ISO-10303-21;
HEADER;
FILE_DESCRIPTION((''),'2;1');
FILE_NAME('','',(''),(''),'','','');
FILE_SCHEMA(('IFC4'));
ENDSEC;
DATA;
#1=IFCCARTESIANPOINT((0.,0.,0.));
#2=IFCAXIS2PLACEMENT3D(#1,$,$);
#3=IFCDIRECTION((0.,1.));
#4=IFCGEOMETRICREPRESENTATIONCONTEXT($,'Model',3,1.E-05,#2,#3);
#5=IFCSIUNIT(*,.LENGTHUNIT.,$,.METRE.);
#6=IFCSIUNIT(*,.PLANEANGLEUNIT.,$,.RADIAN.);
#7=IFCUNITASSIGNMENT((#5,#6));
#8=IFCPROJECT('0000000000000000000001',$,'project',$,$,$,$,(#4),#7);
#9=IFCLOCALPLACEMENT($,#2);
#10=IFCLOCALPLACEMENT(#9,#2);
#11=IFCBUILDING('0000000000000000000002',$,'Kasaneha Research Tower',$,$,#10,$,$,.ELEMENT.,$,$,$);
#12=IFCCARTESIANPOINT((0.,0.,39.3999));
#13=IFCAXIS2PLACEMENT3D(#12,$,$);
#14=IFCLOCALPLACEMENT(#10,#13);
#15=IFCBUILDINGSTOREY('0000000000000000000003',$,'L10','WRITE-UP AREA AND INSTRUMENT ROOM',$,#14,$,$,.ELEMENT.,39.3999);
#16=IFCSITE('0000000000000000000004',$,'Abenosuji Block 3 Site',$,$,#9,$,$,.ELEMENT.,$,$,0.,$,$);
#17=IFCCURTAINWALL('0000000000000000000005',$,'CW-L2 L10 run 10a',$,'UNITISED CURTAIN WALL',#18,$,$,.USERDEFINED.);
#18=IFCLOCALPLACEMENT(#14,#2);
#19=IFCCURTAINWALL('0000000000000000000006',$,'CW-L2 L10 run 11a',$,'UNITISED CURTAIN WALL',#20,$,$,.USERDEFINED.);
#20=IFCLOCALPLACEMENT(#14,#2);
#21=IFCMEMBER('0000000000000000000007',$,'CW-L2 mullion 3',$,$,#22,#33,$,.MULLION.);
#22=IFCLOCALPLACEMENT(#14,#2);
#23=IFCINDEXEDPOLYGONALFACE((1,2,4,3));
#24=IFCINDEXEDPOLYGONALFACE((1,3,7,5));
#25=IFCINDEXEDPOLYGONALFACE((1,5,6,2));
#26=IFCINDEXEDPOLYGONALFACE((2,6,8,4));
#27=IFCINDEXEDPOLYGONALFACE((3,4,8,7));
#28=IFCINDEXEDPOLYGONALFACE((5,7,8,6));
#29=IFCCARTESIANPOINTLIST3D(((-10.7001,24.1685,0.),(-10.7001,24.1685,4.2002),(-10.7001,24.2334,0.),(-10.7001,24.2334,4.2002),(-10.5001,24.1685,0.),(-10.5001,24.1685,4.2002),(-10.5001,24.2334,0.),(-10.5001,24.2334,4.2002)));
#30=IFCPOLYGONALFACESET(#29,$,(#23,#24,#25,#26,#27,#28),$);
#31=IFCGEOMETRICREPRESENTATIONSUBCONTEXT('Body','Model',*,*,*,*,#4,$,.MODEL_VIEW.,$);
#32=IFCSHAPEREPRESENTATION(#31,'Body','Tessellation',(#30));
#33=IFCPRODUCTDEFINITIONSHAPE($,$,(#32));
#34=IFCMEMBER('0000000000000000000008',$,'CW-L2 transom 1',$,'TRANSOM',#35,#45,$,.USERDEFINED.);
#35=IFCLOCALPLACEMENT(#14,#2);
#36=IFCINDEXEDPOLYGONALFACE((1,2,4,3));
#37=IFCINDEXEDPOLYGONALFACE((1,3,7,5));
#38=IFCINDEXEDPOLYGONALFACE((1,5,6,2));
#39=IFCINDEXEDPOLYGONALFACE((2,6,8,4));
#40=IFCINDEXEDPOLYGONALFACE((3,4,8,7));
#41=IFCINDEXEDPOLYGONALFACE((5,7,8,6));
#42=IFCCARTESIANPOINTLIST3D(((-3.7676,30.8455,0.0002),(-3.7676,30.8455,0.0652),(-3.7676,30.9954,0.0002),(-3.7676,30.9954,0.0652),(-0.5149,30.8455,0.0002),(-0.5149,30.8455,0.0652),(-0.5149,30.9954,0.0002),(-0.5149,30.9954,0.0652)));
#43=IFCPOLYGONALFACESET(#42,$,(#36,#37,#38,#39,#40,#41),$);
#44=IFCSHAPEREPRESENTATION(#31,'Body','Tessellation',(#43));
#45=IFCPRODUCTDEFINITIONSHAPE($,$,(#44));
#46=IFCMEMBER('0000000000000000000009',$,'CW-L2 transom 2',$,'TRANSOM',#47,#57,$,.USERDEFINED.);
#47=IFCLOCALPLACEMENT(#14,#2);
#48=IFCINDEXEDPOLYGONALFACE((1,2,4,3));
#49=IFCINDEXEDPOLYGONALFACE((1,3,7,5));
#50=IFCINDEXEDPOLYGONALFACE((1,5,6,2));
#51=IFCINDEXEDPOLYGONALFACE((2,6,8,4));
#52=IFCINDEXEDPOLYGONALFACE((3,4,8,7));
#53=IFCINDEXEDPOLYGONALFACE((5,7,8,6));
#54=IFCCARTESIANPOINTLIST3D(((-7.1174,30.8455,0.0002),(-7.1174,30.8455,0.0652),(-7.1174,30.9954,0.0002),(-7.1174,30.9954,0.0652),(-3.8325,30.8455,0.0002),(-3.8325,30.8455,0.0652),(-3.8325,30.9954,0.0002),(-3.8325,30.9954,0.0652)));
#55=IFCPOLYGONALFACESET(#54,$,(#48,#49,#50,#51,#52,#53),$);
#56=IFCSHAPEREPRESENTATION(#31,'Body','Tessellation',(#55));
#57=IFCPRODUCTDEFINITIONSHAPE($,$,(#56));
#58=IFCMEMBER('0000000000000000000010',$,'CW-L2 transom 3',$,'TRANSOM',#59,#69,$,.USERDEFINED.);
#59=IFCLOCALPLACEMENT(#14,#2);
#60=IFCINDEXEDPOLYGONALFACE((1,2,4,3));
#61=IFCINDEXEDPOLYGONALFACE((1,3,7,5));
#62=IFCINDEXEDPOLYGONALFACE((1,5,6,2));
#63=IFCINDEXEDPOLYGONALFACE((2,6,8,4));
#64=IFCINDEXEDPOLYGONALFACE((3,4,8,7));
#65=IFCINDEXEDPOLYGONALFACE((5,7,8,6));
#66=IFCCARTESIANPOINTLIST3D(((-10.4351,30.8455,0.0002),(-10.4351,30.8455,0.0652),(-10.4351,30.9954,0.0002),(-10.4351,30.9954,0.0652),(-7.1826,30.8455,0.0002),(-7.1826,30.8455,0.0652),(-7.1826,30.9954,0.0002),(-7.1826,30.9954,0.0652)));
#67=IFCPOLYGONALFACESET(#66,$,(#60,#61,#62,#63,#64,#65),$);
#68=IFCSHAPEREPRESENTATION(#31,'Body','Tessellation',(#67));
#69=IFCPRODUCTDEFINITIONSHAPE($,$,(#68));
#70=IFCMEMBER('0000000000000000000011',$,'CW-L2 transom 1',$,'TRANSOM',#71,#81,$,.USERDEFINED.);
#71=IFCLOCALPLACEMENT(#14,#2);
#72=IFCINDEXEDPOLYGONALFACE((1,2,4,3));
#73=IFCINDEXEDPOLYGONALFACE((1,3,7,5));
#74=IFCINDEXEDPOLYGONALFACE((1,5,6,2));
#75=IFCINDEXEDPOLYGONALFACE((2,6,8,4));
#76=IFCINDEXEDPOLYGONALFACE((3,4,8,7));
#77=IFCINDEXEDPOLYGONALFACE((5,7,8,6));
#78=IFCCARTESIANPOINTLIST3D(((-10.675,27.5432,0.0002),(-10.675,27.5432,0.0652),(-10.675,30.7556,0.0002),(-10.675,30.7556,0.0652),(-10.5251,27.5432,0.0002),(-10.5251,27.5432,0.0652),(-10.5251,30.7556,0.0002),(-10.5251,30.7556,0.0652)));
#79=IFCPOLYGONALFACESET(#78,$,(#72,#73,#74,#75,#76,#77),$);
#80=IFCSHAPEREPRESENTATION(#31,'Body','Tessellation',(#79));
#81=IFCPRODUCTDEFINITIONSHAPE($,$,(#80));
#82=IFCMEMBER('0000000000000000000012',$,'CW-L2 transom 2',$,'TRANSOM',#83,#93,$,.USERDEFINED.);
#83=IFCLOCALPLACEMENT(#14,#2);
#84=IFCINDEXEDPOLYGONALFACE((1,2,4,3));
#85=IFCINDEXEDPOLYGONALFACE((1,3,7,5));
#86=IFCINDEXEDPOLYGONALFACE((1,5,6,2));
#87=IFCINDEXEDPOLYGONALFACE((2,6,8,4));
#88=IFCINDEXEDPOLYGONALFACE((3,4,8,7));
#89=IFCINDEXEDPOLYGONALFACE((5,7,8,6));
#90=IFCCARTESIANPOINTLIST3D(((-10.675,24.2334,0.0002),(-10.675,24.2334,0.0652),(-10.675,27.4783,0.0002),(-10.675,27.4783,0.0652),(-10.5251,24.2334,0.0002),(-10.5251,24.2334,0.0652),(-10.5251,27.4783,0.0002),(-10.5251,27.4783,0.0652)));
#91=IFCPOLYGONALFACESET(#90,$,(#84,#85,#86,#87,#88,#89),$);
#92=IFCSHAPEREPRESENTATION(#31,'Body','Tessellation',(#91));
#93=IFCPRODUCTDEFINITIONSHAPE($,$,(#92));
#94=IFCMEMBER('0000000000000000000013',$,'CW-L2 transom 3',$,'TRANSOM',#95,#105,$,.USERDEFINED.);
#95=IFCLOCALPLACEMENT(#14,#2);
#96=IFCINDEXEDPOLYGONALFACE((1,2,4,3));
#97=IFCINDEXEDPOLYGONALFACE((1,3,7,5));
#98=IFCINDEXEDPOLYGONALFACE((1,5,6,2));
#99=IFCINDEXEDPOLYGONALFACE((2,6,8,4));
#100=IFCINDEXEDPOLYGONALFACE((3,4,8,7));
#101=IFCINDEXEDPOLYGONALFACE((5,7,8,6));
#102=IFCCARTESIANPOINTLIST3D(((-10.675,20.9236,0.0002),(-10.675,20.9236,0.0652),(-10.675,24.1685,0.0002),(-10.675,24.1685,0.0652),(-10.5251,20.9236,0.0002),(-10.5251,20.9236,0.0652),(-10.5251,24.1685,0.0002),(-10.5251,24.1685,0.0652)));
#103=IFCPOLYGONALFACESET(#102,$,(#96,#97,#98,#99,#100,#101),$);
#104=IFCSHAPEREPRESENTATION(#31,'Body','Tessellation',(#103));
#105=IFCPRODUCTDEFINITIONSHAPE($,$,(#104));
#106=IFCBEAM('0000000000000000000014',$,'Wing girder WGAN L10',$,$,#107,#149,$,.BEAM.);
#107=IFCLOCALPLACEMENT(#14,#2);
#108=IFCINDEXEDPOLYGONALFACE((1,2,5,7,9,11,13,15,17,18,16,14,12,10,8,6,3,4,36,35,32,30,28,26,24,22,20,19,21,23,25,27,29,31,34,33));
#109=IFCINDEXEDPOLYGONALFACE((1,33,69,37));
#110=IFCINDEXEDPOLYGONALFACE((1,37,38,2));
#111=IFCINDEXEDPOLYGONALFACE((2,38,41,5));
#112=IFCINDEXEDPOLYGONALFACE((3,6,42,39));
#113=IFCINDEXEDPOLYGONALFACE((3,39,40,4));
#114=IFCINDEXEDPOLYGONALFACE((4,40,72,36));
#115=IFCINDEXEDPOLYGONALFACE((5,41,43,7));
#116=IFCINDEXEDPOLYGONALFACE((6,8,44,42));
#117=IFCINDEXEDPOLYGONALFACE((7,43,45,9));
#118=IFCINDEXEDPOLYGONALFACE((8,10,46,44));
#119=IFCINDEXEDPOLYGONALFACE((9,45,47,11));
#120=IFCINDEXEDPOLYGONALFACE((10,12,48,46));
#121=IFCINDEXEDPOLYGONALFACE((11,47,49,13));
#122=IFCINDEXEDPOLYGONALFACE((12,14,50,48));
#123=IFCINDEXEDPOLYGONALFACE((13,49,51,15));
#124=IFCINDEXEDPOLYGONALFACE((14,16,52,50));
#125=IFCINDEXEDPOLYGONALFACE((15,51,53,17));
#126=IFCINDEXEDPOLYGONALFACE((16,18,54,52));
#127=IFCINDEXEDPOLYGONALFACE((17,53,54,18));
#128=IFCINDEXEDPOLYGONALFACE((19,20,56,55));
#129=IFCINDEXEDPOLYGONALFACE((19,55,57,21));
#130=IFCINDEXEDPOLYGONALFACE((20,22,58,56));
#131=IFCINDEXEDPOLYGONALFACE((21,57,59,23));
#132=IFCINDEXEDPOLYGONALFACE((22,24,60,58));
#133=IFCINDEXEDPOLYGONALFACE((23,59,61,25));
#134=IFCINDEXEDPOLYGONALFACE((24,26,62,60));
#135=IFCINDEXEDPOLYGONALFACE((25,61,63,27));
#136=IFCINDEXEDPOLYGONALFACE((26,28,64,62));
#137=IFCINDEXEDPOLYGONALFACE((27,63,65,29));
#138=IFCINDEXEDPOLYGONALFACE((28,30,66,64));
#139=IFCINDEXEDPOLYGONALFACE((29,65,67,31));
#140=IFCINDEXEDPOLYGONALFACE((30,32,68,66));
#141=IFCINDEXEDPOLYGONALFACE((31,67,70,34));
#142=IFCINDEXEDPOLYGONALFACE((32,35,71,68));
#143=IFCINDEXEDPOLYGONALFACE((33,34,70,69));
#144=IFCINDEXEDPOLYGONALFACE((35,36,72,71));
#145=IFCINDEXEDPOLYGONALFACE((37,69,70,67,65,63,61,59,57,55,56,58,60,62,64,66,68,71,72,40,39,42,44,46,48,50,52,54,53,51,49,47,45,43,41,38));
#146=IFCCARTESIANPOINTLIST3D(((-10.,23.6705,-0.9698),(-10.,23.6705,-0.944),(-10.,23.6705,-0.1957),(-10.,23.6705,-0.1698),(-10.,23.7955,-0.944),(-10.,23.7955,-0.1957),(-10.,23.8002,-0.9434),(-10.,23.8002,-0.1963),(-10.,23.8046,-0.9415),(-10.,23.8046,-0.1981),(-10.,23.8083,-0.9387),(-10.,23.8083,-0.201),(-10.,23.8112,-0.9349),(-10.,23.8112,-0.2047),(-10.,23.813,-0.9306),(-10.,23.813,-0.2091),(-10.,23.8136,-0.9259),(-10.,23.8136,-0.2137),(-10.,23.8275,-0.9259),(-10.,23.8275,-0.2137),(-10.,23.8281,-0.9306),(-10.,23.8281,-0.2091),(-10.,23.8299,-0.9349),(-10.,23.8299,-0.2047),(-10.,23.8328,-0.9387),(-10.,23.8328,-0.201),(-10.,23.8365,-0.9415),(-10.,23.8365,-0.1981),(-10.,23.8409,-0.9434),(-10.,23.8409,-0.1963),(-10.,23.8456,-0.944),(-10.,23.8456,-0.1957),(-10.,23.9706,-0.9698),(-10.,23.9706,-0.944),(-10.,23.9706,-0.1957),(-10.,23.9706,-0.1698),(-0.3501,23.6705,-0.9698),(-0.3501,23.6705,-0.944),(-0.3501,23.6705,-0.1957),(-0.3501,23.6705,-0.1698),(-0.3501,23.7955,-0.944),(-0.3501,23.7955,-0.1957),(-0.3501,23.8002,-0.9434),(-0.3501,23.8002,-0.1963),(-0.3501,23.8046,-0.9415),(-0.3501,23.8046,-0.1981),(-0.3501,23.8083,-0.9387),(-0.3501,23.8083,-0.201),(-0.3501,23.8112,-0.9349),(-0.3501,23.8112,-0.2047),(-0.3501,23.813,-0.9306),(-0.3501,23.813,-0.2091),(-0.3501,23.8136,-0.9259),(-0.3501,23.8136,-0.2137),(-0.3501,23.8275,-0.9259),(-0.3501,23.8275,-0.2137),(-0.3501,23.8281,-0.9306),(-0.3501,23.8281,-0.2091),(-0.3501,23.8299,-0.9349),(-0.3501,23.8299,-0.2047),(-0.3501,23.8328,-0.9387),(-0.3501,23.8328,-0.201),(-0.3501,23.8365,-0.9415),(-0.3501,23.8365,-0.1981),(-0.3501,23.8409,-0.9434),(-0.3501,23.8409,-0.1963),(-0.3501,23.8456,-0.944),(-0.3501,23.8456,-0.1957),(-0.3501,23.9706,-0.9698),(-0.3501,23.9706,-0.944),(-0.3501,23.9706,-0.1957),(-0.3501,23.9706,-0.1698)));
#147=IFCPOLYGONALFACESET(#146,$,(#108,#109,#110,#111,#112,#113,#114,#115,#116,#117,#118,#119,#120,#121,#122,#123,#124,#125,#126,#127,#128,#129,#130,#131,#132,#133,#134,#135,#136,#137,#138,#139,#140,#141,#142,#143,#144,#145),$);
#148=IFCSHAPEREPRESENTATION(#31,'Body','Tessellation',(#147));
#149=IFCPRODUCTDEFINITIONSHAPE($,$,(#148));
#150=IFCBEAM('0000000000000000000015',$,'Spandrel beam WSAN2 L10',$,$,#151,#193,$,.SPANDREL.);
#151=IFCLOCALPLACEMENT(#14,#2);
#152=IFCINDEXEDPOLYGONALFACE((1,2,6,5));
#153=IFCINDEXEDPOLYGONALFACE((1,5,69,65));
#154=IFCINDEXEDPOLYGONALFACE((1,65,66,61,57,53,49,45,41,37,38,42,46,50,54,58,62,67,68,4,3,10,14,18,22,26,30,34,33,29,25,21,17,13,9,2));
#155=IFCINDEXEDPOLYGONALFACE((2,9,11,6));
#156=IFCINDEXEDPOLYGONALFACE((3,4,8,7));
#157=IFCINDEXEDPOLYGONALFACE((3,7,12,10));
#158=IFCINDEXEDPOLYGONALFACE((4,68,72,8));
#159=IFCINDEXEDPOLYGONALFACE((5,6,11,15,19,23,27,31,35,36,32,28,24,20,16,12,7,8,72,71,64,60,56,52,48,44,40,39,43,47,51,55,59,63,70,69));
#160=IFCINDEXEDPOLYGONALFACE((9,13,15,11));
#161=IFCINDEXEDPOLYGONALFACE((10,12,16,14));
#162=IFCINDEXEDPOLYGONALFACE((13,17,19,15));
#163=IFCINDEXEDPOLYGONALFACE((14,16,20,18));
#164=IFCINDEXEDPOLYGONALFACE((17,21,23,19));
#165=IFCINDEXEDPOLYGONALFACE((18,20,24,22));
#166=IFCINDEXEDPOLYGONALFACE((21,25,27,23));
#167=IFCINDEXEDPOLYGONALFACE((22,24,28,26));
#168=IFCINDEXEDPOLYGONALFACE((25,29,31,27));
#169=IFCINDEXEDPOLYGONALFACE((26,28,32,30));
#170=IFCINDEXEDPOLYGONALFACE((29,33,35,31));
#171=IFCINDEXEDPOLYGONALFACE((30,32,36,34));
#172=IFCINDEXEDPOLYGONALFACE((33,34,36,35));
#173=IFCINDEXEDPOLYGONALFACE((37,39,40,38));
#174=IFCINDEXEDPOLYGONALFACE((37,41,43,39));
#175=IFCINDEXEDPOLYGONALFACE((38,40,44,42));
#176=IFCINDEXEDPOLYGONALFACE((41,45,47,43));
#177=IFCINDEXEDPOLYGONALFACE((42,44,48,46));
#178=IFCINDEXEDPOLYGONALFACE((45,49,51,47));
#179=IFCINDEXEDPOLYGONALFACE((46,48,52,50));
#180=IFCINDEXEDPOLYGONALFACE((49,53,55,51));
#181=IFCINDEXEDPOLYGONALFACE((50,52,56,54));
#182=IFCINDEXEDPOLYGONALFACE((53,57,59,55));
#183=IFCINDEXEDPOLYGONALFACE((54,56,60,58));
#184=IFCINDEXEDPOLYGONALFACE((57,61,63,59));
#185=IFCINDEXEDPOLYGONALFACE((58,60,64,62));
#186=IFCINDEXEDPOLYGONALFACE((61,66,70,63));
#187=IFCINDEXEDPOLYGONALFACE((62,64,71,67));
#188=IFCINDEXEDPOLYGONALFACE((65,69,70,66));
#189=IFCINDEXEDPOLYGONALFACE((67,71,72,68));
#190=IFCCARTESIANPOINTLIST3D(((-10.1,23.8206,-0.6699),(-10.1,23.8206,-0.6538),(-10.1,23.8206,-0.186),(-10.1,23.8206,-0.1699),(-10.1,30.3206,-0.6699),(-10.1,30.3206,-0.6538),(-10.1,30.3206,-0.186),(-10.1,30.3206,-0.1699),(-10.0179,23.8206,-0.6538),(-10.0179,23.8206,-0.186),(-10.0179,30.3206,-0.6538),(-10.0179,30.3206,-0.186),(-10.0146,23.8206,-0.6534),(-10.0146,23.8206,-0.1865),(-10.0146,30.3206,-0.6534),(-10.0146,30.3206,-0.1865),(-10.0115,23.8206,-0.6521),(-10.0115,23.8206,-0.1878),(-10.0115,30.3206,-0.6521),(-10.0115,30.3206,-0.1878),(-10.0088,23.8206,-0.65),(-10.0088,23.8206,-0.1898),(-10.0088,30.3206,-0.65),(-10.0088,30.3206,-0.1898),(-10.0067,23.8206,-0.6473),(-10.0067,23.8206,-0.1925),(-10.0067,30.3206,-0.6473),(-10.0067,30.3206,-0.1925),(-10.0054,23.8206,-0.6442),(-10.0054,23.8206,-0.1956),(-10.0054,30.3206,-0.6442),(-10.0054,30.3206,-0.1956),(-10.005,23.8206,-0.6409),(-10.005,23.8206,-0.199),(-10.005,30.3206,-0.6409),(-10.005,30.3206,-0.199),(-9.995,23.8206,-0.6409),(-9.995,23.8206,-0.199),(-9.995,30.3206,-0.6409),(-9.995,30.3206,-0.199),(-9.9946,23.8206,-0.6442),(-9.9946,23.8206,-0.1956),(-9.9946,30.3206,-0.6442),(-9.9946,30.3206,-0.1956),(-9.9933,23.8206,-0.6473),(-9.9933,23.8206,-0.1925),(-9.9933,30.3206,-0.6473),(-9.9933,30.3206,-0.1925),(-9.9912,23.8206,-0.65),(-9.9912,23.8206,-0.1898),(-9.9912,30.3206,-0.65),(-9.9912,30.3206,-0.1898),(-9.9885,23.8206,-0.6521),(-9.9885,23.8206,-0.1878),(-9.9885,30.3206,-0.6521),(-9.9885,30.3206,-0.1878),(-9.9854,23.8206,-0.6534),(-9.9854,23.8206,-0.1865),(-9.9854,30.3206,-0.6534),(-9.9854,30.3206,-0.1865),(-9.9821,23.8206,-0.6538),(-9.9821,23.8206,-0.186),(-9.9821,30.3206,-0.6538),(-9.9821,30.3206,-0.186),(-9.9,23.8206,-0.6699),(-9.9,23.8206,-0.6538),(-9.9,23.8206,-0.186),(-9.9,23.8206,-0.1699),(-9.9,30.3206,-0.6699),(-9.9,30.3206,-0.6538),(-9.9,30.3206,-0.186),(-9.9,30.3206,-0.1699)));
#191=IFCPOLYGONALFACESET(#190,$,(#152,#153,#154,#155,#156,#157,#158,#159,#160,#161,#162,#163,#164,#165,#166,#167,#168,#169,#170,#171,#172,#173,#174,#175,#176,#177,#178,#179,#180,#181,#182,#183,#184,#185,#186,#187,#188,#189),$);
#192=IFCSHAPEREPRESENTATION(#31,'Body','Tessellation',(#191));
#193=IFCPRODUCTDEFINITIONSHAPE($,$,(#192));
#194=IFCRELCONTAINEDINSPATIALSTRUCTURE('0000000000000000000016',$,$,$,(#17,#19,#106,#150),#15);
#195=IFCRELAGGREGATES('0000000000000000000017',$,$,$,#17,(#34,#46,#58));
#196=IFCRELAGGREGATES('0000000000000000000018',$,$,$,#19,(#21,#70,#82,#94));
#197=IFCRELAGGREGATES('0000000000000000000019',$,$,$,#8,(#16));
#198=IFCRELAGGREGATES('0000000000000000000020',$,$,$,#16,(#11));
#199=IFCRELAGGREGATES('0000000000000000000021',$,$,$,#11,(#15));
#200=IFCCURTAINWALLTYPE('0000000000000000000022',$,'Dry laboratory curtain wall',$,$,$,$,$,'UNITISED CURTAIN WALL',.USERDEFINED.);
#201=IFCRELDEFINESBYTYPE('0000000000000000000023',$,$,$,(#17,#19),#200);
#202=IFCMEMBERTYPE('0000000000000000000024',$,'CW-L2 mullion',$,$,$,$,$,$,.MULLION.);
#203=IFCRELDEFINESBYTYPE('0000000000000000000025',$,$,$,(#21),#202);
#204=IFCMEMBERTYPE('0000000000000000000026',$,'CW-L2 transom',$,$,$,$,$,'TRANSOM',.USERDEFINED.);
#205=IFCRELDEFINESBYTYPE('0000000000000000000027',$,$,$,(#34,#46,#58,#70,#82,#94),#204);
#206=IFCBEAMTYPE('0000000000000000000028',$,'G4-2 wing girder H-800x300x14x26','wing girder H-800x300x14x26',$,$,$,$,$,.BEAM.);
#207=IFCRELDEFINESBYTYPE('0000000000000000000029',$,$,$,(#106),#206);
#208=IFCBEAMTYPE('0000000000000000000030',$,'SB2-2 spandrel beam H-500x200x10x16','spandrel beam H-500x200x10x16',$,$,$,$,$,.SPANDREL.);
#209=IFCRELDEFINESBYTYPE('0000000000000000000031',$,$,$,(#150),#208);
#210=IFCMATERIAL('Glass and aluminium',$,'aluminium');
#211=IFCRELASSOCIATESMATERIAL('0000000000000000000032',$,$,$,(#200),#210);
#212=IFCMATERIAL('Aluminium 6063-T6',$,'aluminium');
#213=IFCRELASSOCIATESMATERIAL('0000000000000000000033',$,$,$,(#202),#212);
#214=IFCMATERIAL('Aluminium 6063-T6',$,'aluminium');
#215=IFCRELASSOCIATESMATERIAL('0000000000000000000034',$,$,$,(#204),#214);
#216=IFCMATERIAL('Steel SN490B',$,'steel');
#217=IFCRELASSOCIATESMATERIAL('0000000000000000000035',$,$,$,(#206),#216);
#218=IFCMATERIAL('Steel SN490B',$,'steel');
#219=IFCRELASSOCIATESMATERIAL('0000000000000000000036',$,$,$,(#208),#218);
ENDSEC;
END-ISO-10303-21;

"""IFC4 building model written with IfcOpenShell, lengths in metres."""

from ifc_helpers import new_model, si_unit, direction, frame, origin, origin_2d, place, context, subcontext, project, spatial, rectangle, i_section, extrude, material, material_profile, profile_set, type_object, element, aggregate, save


model = new_model("IFC4")

# Units and contexts
model_context = context("Model", 3, precision=1e-05, world=origin(), true_north=direction((0.0, 1.0)))
body_context = subcontext(model_context, "Body", "Model", "MODEL_VIEW")
ifc_project = project(units=[si_unit("LENGTHUNIT", "METRE"), si_unit("PLANEANGLEUNIT", "RADIAN")], contexts=[model_context])

# Site, building, storey
site_placement = place(None, origin())
site = spatial("IfcSite", under=ifc_project, at=site_placement, Name="Abenosuji Block 3 Site", CompositionType="ELEMENT", RefElevation=0.0)
building_placement = place(site_placement, origin())
building = spatial("IfcBuilding", under=site, at=building_placement, Name="Kasaneha Research Tower", CompositionType="ELEMENT")
storey_placement = place(building_placement, frame((0.0, 0.0, 39.3999)))
storey = spatial("IfcBuildingStorey", under=building, at=storey_placement, Name="L10", Description="WRITE-UP AREA AND INSTRUMENT ROOM", CompositionType="ELEMENT", Elevation=39.3999)

# Curtain walls, member
ifc_material_1 = material(Name="Glass and aluminium", Category="aluminium")
curtain_wall_type = type_object("IfcCurtainWallType", Name="Dry laboratory curtain wall", ElementType="UNITISED CURTAIN WALL", PredefinedType="USERDEFINED", material=ifc_material_1)
curtain_wall_1_placement = place(storey_placement, origin())
curtain_wall_1 = element("IfcCurtainWall", 1, at=curtain_wall_1_placement, inside=storey, type_object=curtain_wall_type, Name="CW-L2 L10 run 10a", ObjectType="UNITISED CURTAIN WALL", PredefinedType="USERDEFINED")
ifc_material_2 = material(Name="Aluminium 6063-T6", Category="aluminium")
ifc_material_profile_1 = material_profile(ifc_material_2, rectangle(XDim=0.0649, YDim=0.2, at=origin_2d()), Name="CW-L2 mullion 65x200")
ifc_profile_set_1 = profile_set([ifc_material_profile_1], Name="Aluminium 6063-T6")
member_type_1 = type_object("IfcMemberType", Name="CW-L2 mullion", PredefinedType="MULLION", material=ifc_profile_set_1)
curtain_wall_2_placement = place(storey_placement, origin())
curtain_wall_2 = element("IfcCurtainWall", 2, at=curtain_wall_2_placement, inside=storey, type_object=curtain_wall_type, Name="CW-L2 L10 run 11a", ObjectType="UNITISED CURTAIN WALL", PredefinedType="USERDEFINED")
member_1_placement = place(storey_placement, frame((-10.6001, 24.2009, 0.0), z_axis=(0.0, 0.0, 1.0), x_axis=(0.0, -1.0, 0.0)))
member_1 = element("IfcMember", 3, at=member_1_placement, type_object=member_type_1, Name="CW-L2 mullion 3", PredefinedType="MULLION", context=body_context, shape_type="SweptSolid", body=[
    extrude(rectangle(XDim=0.0649, YDim=0.2, at=origin_2d()), origin(), (0.0, 0.0, 1.0), 4.2002),
])

# Members
ifc_material_3 = material(Name="Aluminium 6063-T6", Category="aluminium")
ifc_material_profile_2 = material_profile(ifc_material_3, rectangle(XDim=0.1499, YDim=0.0649, at=origin_2d()), Name="CW-L2 transom 150x65")
ifc_profile_set_2 = profile_set([ifc_material_profile_2], Name="Aluminium 6063-T6")
member_type_2 = type_object("IfcMemberType", Name="CW-L2 transom", ElementType="TRANSOM", PredefinedType="USERDEFINED", material=ifc_profile_set_2)
member_2_placement = place(storey_placement, frame((-0.5149, 30.9204, 0.0327), z_axis=(-1.0, 0.0, 0.0), x_axis=(0.0, -1.0, 0.0)))
member_2 = element("IfcMember", 4, at=member_2_placement, type_object=member_type_2, Name="CW-L2 transom 1", ObjectType="TRANSOM", PredefinedType="USERDEFINED", context=body_context, shape_type="SweptSolid", body=[
    extrude(rectangle(XDim=0.1499, YDim=0.0649, at=origin_2d()), origin(), (0.0, 0.0, 1.0), 3.2527),
])
member_3_placement = place(storey_placement, frame((-3.8325, 30.9204, 0.0327), z_axis=(-1.0, 0.0, 0.0), x_axis=(0.0, -1.0, 0.0)))
member_3 = element("IfcMember", 5, at=member_3_placement, type_object=member_type_2, Name="CW-L2 transom 2", ObjectType="TRANSOM", PredefinedType="USERDEFINED", context=body_context, shape_type="SweptSolid", body=[
    extrude(rectangle(XDim=0.1499, YDim=0.0649, at=origin_2d()), origin(), (0.0, 0.0, 1.0), 3.2849),
])
member_4_placement = place(storey_placement, frame((-7.1826, 30.9204, 0.0327), z_axis=(-1.0, 0.0, 0.0), x_axis=(0.0, -1.0, 0.0)))
member_4 = element("IfcMember", 6, at=member_4_placement, type_object=member_type_2, Name="CW-L2 transom 3", ObjectType="TRANSOM", PredefinedType="USERDEFINED", context=body_context, shape_type="SweptSolid", body=[
    extrude(rectangle(XDim=0.1499, YDim=0.0649, at=origin_2d()), origin(), (0.0, 0.0, 1.0), 3.2524),
])
member_5_placement = place(storey_placement, frame((-10.6001, 30.7556, 0.0327), z_axis=(0.0, -1.0, 0.0), x_axis=(1.0, 0.0, 0.0)))
member_5 = element("IfcMember", 7, at=member_5_placement, type_object=member_type_2, Name="CW-L2 transom 1", ObjectType="TRANSOM", PredefinedType="USERDEFINED", context=body_context, shape_type="SweptSolid", body=[
    extrude(rectangle(XDim=0.1499, YDim=0.0649, at=origin_2d()), origin(), (0.0, 0.0, 1.0), 3.2124),
])
member_6_placement = place(storey_placement, frame((-10.6001, 27.4783, 0.0327), z_axis=(0.0, -1.0, 0.0), x_axis=(1.0, 0.0, 0.0)))
member_6 = element("IfcMember", 8, at=member_6_placement, type_object=member_type_2, Name="CW-L2 transom 2", ObjectType="TRANSOM", PredefinedType="USERDEFINED", context=body_context, shape_type="SweptSolid", body=[
    extrude(rectangle(XDim=0.1499, YDim=0.0649, at=origin_2d()), origin(), (0.0, 0.0, 1.0), 3.2449),
])
member_7_placement = place(storey_placement, frame((-10.6001, 24.1685, 0.0327), z_axis=(0.0, -1.0, 0.0), x_axis=(1.0, 0.0, 0.0)))
member_7 = element("IfcMember", 9, at=member_7_placement, type_object=member_type_2, Name="CW-L2 transom 3", ObjectType="TRANSOM", PredefinedType="USERDEFINED", context=body_context, shape_type="SweptSolid", body=[
    extrude(rectangle(XDim=0.1499, YDim=0.0649, at=origin_2d()), origin(), (0.0, 0.0, 1.0), 3.2449),
])

# Beams
ifc_material_4 = material(Name="Steel SN490B", Category="steel")
ifc_material_profile_3 = material_profile(ifc_material_4, i_section(OverallWidth=0.3, OverallDepth=0.8, WebThickness=0.0139, FlangeThickness=0.0259, FilletRadius=0.0181, at=origin_2d()), Name="H-800x300x14x26")
ifc_profile_set_3 = profile_set([ifc_material_profile_3], Name="Steel SN490B")
beam_type_1 = type_object("IfcBeamType", Name="G4-2 wing girder H-800x300x14x26", Description="wing girder H-800x300x14x26", PredefinedType="BEAM", material=ifc_profile_set_3)
beam_1_placement = place(storey_placement, frame((-10.0, 23.8206, -0.5698), z_axis=(1.0, 0.0, 0.0), x_axis=(0.0, 1.0, 0.0)))
element("IfcBeam", 10, at=beam_1_placement, inside=storey, type_object=beam_type_1, Name="Wing girder WGAN L10", PredefinedType="BEAM", context=body_context, shape_type="SweptSolid", body=[
    extrude(i_section(OverallWidth=0.3, OverallDepth=0.8, WebThickness=0.0139, FlangeThickness=0.0259, FilletRadius=0.0181, at=origin_2d()), origin(), (0.0, 0.0, 1.0), 9.6499),
])
ifc_material_5 = material(Name="Steel SN490B", Category="steel")
ifc_material_profile_4 = material_profile(ifc_material_5, i_section(OverallWidth=0.2, OverallDepth=0.5, WebThickness=0.01, FlangeThickness=0.0161, FilletRadius=0.0129, at=origin_2d()), Name="H-500x200x10x16")
ifc_profile_set_4 = profile_set([ifc_material_profile_4], Name="Steel SN490B")
beam_type_2 = type_object("IfcBeamType", Name="SB2-2 spandrel beam H-500x200x10x16", Description="spandrel beam H-500x200x10x16", PredefinedType="SPANDREL", material=ifc_profile_set_4)
beam_2_placement = place(storey_placement, frame((-10.0, 23.8206, -0.4199), z_axis=(0.0, 1.0, 0.0), x_axis=(-1.0, 0.0, 0.0)))
element("IfcBeam", 11, at=beam_2_placement, inside=storey, type_object=beam_type_2, Name="Spandrel beam WSAN2 L10", PredefinedType="SPANDREL", context=body_context, shape_type="SweptSolid", body=[
    extrude(i_section(OverallWidth=0.2, OverallDepth=0.5, WebThickness=0.01, FlangeThickness=0.0161, FilletRadius=0.0129, at=origin_2d()), origin(), (0.0, 0.0, 1.0), 6.5),
])

aggregate(curtain_wall_1, [member_2, member_3, member_4])
aggregate(curtain_wall_2, [member_1, member_5, member_6, member_7])

save(model, "model.ifc")
